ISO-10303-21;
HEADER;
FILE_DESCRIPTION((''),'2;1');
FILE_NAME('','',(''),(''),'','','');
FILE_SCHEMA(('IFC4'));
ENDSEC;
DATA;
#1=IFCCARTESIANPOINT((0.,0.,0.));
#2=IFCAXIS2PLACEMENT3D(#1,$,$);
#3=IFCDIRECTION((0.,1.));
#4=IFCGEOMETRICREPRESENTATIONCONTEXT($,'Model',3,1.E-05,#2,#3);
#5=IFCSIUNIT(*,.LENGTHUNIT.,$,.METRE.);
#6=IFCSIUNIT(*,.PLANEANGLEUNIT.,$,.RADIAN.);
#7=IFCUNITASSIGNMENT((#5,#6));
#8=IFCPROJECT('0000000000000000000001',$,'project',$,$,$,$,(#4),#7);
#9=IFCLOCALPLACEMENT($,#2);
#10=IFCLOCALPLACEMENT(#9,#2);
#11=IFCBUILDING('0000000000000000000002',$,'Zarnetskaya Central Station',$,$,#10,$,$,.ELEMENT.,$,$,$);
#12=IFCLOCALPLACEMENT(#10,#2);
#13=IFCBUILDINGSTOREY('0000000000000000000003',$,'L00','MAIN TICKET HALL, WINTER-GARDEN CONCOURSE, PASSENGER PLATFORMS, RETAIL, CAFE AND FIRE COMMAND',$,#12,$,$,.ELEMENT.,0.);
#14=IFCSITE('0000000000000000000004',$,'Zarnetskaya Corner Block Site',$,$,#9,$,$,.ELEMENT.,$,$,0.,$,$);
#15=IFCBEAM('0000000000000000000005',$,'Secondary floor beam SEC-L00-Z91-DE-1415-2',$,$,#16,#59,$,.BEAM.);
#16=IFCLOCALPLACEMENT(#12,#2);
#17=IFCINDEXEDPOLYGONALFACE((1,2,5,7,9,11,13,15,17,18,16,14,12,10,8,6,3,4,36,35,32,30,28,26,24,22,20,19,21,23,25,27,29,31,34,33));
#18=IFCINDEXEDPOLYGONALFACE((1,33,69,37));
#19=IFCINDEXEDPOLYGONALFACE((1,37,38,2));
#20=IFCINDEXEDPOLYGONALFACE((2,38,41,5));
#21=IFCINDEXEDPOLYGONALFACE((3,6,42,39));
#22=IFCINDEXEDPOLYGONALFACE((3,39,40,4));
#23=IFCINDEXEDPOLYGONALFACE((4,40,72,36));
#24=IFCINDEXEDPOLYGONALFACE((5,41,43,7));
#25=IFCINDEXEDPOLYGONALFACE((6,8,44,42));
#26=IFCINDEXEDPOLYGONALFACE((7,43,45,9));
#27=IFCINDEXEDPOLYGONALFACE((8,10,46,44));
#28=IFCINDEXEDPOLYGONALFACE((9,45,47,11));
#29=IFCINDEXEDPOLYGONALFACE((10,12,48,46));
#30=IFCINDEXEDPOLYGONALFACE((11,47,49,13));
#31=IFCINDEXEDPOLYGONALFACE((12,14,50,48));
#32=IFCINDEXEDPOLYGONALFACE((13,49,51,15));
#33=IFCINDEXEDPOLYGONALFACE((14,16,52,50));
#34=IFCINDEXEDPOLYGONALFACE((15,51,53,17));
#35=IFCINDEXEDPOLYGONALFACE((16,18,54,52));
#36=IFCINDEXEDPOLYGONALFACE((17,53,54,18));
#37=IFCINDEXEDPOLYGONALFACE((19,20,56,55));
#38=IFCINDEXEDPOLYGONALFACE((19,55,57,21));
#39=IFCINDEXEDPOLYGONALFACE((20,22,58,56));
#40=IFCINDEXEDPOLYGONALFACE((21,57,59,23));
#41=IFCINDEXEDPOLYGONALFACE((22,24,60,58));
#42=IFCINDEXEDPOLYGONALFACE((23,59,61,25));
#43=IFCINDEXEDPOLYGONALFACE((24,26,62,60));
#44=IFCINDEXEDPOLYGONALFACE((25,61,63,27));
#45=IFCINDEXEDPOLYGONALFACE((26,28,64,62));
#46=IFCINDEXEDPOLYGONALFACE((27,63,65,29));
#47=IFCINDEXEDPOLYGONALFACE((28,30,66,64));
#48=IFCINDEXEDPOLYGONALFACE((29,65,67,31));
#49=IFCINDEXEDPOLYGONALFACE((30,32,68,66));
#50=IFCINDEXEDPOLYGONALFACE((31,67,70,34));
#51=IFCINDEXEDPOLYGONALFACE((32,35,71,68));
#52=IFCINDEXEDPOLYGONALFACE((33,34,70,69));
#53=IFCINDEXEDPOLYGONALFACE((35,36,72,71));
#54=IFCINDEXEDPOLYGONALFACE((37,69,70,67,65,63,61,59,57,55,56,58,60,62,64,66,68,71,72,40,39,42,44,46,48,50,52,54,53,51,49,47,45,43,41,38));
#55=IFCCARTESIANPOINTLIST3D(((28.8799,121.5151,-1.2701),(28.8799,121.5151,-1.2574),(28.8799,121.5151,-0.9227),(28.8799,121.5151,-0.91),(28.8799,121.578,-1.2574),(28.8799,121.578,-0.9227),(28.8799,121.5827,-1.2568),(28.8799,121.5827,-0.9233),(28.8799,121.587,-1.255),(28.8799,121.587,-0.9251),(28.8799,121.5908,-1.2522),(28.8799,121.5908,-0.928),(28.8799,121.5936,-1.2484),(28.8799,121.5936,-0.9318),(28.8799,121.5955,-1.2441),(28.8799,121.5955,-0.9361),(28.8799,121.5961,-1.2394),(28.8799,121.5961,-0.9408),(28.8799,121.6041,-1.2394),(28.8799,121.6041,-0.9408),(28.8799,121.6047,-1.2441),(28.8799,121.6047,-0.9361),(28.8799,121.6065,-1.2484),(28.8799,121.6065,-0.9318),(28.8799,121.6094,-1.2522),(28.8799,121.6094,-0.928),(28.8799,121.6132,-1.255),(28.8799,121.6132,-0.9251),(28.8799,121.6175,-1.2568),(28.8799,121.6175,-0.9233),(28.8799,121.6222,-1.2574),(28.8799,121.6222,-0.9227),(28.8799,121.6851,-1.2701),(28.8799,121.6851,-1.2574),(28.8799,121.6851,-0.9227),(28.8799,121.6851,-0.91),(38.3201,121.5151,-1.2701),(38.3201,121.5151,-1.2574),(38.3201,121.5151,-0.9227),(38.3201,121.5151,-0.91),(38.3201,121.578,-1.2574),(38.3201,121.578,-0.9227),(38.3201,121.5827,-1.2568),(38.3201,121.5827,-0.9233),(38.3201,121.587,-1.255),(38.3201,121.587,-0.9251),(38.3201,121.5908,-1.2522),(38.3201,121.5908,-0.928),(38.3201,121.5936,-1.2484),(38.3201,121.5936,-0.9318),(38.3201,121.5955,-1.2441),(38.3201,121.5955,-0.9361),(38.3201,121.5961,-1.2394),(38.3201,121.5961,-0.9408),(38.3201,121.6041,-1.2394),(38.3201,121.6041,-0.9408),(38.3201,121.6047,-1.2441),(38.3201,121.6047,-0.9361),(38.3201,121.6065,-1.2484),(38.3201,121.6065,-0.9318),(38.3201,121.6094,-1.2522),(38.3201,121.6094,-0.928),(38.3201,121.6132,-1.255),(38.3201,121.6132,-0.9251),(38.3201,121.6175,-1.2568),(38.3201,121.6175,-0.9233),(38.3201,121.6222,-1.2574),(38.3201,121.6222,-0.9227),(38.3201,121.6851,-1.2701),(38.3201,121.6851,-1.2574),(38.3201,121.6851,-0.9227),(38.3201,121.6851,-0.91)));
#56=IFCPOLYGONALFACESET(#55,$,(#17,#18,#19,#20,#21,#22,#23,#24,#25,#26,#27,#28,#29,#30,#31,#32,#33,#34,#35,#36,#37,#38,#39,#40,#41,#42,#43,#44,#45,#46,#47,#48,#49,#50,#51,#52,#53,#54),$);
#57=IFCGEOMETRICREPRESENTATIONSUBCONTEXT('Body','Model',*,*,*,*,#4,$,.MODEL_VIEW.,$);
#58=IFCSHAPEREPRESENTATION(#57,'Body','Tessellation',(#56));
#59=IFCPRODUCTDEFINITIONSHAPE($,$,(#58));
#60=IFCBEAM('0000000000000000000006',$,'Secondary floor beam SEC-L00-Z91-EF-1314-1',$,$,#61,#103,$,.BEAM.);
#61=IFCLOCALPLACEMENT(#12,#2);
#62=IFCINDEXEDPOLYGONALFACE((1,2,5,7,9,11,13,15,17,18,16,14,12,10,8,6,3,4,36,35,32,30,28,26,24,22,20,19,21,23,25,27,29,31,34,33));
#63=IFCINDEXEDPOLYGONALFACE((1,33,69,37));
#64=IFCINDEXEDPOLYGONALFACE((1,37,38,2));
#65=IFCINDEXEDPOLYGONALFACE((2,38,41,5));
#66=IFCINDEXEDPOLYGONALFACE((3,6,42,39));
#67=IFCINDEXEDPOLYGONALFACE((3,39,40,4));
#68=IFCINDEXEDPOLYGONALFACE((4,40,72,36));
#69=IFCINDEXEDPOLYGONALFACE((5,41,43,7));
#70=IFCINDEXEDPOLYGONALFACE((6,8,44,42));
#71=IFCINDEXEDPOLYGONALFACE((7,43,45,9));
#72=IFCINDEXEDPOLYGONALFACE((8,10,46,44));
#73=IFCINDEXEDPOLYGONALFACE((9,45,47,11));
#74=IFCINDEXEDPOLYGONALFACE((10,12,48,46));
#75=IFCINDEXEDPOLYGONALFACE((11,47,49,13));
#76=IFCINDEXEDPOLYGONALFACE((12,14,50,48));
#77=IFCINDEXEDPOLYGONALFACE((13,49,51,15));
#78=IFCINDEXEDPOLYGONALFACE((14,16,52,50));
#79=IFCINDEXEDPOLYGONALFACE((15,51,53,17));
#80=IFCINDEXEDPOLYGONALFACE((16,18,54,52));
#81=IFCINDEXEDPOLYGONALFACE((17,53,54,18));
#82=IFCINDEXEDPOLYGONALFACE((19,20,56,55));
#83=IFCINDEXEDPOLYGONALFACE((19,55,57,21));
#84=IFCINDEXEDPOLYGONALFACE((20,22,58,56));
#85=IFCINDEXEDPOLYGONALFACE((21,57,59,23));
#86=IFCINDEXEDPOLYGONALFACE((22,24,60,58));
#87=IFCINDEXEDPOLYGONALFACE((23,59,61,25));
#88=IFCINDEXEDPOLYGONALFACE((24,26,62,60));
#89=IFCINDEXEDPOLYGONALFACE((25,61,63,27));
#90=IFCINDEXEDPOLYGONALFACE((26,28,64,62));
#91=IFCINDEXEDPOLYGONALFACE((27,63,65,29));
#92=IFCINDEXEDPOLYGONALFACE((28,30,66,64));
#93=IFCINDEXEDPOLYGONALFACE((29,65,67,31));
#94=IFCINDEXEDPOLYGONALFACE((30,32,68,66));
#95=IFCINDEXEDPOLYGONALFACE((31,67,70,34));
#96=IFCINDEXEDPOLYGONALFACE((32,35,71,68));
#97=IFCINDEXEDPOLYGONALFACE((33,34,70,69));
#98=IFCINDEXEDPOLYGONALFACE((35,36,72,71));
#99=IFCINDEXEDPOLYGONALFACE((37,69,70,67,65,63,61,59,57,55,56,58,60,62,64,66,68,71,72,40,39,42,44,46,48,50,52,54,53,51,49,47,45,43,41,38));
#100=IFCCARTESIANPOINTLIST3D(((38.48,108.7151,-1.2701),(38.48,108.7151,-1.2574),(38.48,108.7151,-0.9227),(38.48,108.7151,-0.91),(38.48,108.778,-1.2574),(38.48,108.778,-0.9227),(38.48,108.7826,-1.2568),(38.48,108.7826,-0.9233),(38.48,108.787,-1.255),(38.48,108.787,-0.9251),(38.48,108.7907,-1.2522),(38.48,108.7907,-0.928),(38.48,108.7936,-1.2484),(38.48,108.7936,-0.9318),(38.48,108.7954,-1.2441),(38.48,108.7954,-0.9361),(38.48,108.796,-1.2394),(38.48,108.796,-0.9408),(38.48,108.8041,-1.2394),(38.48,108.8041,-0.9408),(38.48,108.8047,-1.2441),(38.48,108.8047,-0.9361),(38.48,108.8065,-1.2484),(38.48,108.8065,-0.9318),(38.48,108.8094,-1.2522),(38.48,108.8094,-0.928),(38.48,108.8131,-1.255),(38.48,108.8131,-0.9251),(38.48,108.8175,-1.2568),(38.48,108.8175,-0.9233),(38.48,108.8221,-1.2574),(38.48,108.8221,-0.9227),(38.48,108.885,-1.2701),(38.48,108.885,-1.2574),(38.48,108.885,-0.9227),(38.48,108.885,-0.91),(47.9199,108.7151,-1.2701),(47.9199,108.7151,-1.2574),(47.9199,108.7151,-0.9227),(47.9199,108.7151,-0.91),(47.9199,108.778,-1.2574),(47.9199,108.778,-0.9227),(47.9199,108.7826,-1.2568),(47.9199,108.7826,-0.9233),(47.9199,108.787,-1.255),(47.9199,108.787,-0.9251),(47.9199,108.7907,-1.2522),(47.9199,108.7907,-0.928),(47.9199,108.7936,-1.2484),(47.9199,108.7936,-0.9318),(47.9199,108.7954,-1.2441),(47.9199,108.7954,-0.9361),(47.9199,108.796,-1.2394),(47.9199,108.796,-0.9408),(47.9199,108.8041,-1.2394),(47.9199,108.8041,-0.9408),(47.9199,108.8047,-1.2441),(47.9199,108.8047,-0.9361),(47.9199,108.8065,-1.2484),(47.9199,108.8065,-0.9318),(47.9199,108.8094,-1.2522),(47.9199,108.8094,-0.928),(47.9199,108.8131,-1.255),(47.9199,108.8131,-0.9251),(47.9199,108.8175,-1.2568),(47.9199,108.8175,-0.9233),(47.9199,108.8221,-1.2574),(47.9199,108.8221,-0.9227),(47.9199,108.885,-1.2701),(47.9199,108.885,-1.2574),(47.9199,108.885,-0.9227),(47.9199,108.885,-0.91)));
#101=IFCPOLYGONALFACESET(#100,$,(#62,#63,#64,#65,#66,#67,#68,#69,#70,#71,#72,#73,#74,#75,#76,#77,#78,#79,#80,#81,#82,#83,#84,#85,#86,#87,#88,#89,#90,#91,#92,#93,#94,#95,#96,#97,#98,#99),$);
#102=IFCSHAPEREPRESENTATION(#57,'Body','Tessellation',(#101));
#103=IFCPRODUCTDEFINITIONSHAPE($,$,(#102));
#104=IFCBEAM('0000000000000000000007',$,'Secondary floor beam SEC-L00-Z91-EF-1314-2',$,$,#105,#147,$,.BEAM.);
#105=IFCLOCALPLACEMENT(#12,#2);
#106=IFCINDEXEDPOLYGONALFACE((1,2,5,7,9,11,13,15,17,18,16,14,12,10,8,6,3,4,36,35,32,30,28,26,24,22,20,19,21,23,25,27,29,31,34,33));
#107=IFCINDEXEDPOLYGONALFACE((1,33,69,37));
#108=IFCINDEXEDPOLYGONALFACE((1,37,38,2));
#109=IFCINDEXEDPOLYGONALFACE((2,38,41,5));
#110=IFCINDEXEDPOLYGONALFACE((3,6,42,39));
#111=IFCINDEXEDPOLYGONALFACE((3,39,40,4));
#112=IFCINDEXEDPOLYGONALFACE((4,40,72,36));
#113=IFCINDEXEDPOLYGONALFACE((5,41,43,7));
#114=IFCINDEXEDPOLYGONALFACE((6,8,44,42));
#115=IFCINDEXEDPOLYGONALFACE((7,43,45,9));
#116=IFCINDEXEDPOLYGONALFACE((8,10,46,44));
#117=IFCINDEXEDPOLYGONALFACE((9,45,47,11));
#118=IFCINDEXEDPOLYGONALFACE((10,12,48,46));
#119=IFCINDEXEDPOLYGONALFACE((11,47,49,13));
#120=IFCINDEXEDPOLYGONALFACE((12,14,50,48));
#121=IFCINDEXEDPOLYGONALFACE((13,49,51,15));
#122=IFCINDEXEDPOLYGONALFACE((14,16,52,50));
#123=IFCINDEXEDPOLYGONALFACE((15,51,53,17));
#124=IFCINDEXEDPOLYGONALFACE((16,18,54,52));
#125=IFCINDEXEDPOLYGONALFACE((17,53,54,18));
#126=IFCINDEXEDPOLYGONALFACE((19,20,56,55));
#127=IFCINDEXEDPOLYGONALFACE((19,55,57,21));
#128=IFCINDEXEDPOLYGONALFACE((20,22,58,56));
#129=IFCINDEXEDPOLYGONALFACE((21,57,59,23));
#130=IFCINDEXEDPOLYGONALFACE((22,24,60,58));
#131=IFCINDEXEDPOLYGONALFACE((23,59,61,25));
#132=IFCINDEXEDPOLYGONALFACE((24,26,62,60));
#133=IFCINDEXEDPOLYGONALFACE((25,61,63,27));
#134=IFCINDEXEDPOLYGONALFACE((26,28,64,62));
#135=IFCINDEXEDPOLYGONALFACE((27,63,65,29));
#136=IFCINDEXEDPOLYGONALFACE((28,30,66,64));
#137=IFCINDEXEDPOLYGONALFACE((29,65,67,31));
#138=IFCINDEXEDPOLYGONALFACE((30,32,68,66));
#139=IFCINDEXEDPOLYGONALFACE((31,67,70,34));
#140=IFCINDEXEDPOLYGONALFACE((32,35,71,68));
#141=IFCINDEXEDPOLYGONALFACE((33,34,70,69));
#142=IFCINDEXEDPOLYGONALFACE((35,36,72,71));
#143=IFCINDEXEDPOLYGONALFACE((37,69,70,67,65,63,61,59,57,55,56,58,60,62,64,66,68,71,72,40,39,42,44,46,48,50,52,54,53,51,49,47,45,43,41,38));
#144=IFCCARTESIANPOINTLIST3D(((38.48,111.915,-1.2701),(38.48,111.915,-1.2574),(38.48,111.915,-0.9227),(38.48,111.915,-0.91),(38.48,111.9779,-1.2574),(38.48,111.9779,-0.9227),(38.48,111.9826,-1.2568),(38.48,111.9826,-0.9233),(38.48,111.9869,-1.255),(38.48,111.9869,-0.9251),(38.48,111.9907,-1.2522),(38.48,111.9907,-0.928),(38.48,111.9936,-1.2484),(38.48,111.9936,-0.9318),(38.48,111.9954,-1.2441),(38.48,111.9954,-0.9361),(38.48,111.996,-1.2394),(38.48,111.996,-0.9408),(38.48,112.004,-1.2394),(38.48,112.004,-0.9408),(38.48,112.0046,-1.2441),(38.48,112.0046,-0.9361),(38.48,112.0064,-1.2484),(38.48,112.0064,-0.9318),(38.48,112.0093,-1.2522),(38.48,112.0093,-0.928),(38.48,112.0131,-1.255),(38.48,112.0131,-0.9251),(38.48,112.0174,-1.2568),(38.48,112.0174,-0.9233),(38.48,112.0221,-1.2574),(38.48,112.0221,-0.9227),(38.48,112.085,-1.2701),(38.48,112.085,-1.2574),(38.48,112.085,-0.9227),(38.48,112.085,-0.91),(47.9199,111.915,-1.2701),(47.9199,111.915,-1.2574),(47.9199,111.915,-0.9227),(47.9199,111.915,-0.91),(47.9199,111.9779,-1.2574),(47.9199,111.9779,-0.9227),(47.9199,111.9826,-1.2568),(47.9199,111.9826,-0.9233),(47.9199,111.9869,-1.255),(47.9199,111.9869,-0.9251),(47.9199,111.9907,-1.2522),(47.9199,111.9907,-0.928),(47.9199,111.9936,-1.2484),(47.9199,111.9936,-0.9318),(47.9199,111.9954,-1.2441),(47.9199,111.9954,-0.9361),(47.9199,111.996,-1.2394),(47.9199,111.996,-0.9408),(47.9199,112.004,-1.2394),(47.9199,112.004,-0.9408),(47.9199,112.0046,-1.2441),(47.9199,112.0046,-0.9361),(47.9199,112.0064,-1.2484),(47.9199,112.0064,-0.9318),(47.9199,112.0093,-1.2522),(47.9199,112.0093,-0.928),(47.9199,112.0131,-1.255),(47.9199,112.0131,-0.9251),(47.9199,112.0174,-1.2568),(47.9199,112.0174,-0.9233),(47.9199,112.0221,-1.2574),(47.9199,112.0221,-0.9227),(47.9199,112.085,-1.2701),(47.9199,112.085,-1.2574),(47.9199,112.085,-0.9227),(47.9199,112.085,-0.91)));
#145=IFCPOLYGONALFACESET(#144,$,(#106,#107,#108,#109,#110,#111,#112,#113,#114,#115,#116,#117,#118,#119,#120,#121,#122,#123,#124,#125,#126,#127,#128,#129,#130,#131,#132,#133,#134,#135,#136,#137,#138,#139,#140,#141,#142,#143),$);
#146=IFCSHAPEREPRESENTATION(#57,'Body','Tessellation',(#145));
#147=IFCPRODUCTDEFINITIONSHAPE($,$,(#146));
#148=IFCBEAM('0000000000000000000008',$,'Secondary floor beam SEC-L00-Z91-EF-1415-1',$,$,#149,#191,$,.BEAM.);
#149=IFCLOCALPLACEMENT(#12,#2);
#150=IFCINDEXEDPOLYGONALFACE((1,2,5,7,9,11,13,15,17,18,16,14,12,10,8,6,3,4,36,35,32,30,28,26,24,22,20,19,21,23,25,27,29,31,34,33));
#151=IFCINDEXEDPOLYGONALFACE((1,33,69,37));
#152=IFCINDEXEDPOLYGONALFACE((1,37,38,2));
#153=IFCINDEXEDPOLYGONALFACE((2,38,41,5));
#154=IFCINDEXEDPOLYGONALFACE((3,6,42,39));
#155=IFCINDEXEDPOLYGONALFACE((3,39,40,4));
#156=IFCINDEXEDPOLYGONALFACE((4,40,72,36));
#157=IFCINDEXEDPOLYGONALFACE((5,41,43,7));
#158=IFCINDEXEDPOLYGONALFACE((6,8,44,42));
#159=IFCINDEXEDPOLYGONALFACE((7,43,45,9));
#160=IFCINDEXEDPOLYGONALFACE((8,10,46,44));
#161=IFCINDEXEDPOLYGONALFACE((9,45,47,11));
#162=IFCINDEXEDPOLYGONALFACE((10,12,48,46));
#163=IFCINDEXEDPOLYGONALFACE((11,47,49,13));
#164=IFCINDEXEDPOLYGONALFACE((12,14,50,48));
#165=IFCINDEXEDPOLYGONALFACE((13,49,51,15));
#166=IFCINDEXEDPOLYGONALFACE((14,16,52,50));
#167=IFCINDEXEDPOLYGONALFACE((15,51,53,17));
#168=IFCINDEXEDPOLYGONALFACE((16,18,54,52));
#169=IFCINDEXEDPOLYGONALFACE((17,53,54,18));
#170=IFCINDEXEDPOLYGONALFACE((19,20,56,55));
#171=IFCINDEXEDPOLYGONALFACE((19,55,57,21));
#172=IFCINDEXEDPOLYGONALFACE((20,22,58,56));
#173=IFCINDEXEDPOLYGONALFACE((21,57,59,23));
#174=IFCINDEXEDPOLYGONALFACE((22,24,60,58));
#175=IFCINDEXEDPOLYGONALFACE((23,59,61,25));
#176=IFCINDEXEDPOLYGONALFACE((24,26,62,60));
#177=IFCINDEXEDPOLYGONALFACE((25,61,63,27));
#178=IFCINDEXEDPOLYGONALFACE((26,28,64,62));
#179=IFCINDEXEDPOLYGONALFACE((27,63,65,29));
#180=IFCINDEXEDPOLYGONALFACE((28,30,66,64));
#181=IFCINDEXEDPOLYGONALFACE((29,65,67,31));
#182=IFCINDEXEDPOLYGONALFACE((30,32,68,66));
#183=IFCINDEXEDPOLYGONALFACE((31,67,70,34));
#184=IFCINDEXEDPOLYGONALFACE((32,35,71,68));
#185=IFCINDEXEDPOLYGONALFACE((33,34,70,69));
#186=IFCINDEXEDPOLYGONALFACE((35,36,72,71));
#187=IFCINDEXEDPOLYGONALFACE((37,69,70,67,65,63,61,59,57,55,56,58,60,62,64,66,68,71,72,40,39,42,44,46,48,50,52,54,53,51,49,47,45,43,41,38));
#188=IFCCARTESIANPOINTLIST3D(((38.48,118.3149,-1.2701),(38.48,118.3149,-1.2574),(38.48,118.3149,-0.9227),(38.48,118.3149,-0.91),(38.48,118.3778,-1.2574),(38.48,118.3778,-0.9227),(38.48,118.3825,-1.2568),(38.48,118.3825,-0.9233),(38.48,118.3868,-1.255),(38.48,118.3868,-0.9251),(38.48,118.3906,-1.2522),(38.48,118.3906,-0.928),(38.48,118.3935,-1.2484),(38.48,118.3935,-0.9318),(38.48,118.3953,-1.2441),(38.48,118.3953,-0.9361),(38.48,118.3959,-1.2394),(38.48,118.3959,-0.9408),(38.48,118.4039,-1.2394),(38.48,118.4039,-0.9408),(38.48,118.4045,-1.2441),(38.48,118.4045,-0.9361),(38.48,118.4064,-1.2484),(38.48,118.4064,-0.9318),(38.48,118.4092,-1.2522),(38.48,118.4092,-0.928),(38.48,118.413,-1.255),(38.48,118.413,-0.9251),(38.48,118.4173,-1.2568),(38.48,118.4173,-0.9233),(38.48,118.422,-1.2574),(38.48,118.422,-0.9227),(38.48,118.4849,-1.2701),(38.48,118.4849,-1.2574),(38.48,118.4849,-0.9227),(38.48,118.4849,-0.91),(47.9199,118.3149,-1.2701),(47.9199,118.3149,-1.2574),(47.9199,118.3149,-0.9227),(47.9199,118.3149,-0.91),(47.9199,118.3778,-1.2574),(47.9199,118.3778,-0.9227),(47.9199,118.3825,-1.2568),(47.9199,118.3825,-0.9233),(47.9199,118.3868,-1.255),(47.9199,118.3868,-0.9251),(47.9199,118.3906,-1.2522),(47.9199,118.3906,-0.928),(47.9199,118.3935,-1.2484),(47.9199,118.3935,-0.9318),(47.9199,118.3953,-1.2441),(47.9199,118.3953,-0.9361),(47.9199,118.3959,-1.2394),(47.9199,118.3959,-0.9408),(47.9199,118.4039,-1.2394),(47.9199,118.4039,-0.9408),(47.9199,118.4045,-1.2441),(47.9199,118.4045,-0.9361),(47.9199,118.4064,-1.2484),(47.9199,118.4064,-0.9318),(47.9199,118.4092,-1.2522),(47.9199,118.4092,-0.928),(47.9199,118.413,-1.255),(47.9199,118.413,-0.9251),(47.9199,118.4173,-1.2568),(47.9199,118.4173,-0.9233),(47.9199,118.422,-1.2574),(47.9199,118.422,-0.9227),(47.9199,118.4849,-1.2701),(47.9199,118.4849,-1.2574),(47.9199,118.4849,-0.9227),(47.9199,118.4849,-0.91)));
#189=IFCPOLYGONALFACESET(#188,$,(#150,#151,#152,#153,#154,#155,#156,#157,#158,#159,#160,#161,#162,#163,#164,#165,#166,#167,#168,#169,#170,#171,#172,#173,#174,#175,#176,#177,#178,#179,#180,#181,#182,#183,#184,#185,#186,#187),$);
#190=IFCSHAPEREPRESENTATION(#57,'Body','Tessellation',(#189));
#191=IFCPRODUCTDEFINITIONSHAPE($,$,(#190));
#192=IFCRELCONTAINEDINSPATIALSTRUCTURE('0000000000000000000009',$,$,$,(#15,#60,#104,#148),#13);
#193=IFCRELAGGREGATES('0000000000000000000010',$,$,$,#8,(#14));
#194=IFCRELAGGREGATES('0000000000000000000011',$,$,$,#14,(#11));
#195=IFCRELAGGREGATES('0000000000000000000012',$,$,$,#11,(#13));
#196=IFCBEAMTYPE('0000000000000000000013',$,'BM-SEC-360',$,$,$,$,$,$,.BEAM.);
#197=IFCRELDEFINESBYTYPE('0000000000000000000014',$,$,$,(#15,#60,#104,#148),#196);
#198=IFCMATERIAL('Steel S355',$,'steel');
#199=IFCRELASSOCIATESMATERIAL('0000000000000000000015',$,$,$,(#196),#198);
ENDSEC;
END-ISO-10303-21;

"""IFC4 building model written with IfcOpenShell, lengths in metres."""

from ifc_helpers import new_model, si_unit, direction, frame, origin, origin_2d, place, context, subcontext, project, spatial, i_section, extrude, material, material_profile, profile_set, type_object, element, save


model = new_model("IFC4")

# Units and contexts
model_context = context("Model", 3, precision=1e-05, world=origin(), true_north=direction((0.0, 1.0)))
body_context = subcontext(model_context, "Body", "Model", "MODEL_VIEW")
ifc_project = project(units=[si_unit("LENGTHUNIT", "METRE"), si_unit("PLANEANGLEUNIT", "RADIAN")], contexts=[model_context])

# Site, building, storey
site_placement = place(None, origin())
site = spatial("IfcSite", under=ifc_project, at=site_placement, Name="Zarnetskaya Corner Block Site", CompositionType="ELEMENT", RefElevation=0.0)
building_placement = place(site_placement, origin())
building = spatial("IfcBuilding", under=site, at=building_placement, Name="Zarnetskaya Central Station", CompositionType="ELEMENT")
storey_placement = place(building_placement, origin())
storey = spatial("IfcBuildingStorey", under=building, at=storey_placement, Name="L00", Description="MAIN TICKET HALL, WINTER-GARDEN CONCOURSE, PASSENGER PLATFORMS, RETAIL, CAFE AND FIRE COMMAND", CompositionType="ELEMENT", Elevation=0.0)

# Shared definitions
ifc_material = material(Name="Steel S355", Category="steel")

# Beams
ifc_material_profile_1 = material_profile(ifc_material, i_section(OverallWidth=0.1699, OverallDepth=0.3601, WebThickness=0.0081, FlangeThickness=0.0127, FilletRadius=0.0181, at=origin_2d()), Name="IPE 360")
ifc_profile_set_1 = profile_set([ifc_material_profile_1], Name="Steel S355")
beam_type_1 = type_object("IfcBeamType", Name="BM-SEC-360", PredefinedType="BEAM", material=ifc_profile_set_1)
beam_1_placement = place(storey_placement, frame((28.8799, 121.6001, -1.0901), z_axis=(1.0, 0.0, 0.0), x_axis=(0.0, 1.0, 0.0)))
element("IfcBeam", 1, at=beam_1_placement, inside=storey, type_object=beam_type_1, Name="Secondary floor beam SEC-L00-Z91-DE-1415-2", PredefinedType="BEAM", context=body_context, shape_type="SweptSolid", body=[
    extrude(i_section(OverallWidth=0.1699, OverallDepth=0.3601, WebThickness=0.0081, FlangeThickness=0.0127, FilletRadius=0.0181, at=origin_2d()), origin(), (0.0, 0.0, 1.0), 9.4402),
])
for number, where, z_axis, x_axis, name in (
    (2, (38.48, 108.8, -1.0901), (1.0, 0.0, 0.0), (0.0, 1.0, 0.0), "Secondary floor beam SEC-L00-Z91-EF-1314-1"),
    (3, (38.48, 112.0, -1.0901), (1.0, 0.0, 0.0), (0.0, 1.0, 0.0), "Secondary floor beam SEC-L00-Z91-EF-1314-2"),
    (4, (38.48, 118.3999, -1.0901), (1.0, 0.0, 0.0), (0.0, 1.0, 0.0), "Secondary floor beam SEC-L00-Z91-EF-1415-1"),
):
    element("IfcBeam", number, at=place(storey_placement, frame(where, z_axis=z_axis, x_axis=x_axis)), inside=storey, type_object=beam_type_1, Name=name, PredefinedType="BEAM", context=body_context, shape_type="SweptSolid", body=[
        extrude(i_section(OverallWidth=0.1699, OverallDepth=0.3601, WebThickness=0.0081, FlangeThickness=0.0127, FilletRadius=0.0181, at=origin_2d()), origin(), (0.0, 0.0, 1.0), 9.4399),
    ])

save(model, "model.ifc")
